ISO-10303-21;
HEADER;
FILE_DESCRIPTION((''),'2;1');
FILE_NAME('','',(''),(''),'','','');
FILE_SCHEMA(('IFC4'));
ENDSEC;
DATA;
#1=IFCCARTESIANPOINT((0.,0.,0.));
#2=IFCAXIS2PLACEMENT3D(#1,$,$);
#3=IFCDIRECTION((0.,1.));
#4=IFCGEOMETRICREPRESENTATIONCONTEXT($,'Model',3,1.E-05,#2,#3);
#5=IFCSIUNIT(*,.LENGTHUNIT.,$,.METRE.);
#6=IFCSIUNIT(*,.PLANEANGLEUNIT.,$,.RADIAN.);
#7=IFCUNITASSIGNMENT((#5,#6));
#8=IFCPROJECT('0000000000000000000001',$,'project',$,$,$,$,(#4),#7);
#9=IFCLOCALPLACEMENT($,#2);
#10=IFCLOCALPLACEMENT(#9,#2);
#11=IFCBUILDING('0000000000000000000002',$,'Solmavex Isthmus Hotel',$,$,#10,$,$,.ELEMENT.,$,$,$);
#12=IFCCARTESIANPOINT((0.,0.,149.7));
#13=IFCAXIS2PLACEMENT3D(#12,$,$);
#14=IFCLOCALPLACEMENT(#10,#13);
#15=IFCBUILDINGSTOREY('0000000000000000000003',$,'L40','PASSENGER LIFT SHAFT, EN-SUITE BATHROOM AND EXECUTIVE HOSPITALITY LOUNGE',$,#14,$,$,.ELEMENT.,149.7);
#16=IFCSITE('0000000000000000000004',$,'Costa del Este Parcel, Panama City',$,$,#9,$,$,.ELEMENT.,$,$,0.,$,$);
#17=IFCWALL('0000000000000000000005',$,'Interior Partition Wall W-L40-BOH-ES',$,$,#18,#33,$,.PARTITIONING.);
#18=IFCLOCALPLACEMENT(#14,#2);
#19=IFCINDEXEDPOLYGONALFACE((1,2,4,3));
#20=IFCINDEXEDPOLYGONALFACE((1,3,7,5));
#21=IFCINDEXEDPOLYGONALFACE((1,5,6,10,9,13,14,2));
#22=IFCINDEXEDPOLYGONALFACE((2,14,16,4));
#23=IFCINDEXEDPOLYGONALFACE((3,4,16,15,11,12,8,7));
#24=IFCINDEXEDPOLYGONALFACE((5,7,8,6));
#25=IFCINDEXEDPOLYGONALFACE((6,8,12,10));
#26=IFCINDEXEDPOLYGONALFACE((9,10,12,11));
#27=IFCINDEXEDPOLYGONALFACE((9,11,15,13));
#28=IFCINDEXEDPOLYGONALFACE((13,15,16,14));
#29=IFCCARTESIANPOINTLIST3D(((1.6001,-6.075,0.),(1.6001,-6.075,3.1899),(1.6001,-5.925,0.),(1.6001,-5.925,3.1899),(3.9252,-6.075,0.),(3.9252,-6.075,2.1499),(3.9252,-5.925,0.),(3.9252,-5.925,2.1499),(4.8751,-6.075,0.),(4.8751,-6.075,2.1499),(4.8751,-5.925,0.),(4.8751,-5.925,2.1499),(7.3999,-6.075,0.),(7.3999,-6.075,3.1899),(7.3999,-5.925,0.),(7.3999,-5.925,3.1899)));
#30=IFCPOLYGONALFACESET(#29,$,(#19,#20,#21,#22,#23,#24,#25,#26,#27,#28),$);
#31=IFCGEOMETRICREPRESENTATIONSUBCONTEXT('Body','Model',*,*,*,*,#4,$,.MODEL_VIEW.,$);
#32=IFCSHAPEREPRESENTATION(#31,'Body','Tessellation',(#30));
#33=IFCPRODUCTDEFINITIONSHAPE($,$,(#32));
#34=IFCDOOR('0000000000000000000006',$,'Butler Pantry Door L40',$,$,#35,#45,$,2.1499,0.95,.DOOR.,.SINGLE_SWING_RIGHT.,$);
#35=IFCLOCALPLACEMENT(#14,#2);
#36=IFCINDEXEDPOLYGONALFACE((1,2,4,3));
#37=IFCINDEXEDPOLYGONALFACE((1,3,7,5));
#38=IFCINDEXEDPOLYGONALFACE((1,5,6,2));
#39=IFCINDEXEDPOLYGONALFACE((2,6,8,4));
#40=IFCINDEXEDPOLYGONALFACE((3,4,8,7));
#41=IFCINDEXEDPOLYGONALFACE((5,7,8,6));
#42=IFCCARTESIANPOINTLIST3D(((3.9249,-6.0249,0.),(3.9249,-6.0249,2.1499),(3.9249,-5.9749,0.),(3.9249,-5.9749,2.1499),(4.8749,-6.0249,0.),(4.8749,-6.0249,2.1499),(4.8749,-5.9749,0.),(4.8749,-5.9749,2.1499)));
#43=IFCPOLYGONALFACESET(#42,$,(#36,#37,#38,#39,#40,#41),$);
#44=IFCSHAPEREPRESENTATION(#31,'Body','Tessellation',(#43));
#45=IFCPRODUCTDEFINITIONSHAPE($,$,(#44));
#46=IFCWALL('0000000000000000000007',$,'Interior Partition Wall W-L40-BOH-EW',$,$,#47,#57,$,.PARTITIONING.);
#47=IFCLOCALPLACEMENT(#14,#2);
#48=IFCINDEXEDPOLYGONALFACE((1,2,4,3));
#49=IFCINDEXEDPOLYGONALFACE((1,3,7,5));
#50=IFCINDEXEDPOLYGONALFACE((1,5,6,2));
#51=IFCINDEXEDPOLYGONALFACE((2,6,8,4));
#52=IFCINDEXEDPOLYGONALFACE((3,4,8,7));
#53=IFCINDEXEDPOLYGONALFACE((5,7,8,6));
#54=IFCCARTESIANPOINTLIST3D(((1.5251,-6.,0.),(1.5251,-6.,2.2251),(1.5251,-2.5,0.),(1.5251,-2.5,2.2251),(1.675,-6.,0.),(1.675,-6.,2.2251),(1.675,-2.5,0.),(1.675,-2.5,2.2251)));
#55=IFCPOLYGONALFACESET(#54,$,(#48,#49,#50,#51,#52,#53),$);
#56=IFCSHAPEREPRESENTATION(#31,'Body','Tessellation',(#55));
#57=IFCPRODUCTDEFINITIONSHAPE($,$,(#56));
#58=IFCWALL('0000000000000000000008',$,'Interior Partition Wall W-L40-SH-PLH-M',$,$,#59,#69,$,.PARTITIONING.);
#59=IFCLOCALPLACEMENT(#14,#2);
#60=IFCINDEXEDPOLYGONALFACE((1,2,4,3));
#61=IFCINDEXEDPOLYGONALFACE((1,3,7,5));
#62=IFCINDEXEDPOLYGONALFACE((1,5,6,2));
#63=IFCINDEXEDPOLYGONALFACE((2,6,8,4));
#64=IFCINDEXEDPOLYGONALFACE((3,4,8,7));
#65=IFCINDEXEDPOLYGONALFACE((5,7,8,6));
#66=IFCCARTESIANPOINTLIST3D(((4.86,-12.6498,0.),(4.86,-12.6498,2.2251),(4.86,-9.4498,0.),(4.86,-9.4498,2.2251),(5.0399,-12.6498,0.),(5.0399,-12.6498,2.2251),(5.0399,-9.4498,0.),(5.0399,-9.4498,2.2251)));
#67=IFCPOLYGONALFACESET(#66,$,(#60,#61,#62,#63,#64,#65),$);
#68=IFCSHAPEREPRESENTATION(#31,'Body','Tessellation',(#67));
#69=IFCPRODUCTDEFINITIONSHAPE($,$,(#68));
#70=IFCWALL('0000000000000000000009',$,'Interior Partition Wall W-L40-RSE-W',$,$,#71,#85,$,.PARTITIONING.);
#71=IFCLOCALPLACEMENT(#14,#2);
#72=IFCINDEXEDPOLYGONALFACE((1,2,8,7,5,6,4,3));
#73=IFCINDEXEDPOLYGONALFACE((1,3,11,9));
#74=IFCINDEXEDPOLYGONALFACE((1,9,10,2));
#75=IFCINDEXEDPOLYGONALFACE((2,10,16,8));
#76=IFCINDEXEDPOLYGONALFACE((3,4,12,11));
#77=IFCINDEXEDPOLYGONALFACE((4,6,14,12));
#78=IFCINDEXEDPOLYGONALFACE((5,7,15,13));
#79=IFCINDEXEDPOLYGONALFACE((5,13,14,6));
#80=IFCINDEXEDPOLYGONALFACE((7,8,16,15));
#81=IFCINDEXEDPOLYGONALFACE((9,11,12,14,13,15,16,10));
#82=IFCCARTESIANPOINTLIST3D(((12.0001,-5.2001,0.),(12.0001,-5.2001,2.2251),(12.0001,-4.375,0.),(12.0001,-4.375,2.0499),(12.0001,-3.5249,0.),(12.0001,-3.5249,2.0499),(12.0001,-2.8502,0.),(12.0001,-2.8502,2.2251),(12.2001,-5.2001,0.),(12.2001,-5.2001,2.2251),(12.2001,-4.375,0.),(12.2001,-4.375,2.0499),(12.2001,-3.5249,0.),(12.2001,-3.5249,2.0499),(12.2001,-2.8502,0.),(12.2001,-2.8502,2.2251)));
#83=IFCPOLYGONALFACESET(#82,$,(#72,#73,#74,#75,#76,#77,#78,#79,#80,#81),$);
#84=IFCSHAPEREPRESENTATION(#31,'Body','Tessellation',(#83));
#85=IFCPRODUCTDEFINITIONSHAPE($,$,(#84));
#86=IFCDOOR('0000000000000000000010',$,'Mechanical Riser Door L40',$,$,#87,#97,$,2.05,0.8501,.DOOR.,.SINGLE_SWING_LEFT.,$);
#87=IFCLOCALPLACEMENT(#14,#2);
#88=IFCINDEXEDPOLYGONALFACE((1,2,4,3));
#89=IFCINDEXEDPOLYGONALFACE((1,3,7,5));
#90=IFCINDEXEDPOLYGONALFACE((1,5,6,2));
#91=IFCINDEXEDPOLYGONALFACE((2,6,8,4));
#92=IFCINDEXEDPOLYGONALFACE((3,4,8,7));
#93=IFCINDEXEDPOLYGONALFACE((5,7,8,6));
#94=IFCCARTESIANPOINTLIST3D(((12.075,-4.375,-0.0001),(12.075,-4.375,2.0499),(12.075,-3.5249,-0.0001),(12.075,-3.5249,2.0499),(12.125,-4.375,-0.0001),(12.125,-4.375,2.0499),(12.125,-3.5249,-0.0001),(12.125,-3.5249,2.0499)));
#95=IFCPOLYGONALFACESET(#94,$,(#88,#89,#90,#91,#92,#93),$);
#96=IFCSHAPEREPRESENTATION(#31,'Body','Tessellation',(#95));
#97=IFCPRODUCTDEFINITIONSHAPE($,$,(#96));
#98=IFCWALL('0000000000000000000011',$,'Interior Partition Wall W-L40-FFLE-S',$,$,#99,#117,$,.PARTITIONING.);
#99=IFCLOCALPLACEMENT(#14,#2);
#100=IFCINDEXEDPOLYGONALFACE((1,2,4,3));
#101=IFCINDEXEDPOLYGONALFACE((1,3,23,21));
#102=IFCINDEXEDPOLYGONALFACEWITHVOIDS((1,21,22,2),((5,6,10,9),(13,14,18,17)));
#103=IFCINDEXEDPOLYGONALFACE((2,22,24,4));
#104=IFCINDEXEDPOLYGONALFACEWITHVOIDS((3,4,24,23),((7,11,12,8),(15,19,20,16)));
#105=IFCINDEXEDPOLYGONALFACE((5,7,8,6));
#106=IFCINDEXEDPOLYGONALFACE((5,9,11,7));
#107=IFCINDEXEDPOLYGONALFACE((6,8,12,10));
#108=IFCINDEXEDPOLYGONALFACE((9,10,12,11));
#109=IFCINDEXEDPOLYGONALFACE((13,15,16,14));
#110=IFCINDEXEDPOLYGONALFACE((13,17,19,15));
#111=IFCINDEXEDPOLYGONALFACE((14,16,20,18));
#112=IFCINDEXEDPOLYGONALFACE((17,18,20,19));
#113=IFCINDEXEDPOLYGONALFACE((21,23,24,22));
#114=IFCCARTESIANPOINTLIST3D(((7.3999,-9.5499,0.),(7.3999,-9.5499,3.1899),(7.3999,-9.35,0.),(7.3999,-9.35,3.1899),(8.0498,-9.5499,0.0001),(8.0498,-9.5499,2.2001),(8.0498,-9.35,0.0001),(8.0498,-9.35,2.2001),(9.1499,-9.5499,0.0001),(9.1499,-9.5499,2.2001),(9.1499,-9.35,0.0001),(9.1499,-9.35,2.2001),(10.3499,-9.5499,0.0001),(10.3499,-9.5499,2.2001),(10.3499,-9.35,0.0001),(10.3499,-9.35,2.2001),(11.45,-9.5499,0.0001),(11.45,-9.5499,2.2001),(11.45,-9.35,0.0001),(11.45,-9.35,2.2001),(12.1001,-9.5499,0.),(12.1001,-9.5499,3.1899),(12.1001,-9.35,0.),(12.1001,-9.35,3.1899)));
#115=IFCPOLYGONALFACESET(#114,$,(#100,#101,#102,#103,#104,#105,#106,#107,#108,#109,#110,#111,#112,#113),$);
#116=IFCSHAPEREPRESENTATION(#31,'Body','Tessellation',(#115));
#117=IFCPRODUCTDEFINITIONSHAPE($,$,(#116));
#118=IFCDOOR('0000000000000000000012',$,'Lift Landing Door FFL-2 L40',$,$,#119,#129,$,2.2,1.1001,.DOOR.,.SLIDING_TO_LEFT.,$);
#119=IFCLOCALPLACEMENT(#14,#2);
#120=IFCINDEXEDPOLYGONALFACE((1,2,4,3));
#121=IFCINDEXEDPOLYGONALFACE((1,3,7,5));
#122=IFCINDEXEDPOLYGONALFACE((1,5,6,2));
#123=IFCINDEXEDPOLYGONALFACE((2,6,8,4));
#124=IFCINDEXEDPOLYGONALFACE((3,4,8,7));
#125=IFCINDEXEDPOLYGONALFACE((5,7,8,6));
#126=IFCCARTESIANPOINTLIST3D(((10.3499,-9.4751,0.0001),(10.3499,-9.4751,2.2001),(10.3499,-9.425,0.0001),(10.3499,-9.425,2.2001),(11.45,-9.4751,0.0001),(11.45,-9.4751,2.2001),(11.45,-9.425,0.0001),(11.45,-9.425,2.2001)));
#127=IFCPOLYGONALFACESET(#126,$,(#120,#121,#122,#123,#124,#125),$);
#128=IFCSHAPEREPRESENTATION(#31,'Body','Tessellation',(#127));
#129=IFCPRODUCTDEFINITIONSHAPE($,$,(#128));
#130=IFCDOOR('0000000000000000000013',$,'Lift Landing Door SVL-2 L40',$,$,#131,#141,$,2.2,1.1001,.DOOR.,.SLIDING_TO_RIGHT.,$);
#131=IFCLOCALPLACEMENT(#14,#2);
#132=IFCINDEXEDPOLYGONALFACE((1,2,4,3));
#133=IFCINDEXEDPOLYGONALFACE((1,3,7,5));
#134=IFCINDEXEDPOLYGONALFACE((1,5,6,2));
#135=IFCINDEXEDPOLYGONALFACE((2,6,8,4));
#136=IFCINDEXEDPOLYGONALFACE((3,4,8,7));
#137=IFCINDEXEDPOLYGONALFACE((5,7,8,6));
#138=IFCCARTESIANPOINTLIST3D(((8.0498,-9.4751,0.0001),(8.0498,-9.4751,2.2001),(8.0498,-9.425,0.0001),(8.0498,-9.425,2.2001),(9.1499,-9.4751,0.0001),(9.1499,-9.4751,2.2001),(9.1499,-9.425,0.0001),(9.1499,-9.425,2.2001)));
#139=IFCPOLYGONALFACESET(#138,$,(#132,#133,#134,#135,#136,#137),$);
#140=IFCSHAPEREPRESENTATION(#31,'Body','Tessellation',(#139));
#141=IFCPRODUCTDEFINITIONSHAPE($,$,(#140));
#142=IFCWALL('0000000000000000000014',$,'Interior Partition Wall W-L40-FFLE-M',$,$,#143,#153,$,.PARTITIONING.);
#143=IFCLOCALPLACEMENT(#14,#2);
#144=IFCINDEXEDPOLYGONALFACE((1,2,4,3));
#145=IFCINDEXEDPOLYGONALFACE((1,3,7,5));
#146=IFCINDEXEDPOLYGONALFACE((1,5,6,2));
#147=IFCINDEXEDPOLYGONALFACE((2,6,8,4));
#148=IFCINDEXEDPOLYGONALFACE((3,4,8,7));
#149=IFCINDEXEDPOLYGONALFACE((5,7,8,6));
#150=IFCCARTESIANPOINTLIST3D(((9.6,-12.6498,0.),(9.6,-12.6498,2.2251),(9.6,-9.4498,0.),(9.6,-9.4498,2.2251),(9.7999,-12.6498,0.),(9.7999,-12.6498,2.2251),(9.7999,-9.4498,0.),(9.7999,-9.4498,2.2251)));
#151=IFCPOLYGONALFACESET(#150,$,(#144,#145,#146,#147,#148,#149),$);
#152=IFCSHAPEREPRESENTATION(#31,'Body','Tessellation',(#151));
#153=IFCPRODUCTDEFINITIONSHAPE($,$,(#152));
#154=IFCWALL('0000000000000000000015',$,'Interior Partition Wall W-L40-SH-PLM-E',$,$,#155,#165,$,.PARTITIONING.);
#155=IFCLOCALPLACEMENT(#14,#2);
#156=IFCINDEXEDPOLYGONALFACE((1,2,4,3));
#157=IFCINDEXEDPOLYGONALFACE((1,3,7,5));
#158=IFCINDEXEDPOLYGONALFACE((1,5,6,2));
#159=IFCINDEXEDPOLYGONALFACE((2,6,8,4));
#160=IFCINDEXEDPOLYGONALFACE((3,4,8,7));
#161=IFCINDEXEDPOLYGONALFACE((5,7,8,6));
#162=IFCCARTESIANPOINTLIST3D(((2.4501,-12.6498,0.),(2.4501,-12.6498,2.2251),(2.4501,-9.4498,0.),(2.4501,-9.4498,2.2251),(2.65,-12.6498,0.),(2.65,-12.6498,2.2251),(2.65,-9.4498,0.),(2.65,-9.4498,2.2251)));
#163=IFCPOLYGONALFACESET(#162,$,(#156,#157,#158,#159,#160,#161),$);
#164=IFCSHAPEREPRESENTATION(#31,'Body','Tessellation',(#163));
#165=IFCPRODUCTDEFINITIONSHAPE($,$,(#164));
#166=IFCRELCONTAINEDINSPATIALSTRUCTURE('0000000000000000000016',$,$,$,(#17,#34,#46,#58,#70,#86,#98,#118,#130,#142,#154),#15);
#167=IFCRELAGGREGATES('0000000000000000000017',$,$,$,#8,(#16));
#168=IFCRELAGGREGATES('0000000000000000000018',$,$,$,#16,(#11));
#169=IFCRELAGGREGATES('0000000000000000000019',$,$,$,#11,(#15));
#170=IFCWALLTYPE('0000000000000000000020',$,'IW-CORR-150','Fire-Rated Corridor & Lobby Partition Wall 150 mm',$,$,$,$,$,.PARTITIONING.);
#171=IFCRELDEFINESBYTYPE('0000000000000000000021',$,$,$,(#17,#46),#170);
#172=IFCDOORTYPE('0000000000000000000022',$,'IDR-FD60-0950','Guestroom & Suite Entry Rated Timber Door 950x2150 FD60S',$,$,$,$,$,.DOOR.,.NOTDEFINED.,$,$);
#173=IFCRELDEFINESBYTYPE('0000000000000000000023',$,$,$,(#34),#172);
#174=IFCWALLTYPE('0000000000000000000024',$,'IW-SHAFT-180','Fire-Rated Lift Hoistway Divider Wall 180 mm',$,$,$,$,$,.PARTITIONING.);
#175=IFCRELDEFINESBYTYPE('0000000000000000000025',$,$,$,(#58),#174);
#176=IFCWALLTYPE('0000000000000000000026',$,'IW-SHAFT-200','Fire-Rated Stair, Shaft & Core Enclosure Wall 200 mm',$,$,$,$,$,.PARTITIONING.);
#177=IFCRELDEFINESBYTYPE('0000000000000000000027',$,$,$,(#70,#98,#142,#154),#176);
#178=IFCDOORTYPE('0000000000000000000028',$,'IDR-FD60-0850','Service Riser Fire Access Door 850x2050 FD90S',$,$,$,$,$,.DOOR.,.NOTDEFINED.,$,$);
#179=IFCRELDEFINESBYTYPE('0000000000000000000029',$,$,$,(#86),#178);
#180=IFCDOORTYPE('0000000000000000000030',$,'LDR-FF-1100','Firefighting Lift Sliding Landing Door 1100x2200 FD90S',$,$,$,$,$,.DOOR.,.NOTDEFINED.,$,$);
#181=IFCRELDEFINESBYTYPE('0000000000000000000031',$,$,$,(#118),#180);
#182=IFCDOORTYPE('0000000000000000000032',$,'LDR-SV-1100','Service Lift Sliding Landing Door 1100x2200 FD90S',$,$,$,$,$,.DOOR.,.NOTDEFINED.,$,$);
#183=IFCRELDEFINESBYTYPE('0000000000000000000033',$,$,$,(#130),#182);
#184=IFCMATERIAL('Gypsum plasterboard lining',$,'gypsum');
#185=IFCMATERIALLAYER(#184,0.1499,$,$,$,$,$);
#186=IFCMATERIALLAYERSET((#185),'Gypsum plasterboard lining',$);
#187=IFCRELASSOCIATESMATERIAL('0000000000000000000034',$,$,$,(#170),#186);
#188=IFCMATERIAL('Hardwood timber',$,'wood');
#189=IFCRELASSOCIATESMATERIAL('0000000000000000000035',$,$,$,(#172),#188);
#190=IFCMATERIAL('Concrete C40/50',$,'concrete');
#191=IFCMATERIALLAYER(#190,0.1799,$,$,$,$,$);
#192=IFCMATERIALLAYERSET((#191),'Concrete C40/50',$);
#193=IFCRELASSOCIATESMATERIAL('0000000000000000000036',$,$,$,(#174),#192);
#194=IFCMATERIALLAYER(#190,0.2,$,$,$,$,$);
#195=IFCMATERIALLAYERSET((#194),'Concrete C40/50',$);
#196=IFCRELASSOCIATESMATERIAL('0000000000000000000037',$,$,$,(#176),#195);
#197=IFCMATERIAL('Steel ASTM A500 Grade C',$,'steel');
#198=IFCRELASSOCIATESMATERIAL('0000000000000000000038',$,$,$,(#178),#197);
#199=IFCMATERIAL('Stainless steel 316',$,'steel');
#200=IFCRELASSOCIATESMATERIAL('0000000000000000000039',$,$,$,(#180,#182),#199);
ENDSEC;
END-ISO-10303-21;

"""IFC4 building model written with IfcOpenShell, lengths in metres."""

from ifc_helpers import new_model, si_unit, direction, frame, frame_2d, origin, place, context, subcontext, project, spatial, rectangle, extrude, material, layer, layer_set, type_object, element, fill, save


model = new_model("IFC4")

# Units and contexts
model_context = context("Model", 3, precision=1e-05, world=origin(), true_north=direction((0.0, 1.0)))
body_context = subcontext(model_context, "Body", "Model", "MODEL_VIEW")
ifc_project = project(units=[si_unit("LENGTHUNIT", "METRE"), si_unit("PLANEANGLEUNIT", "RADIAN")], contexts=[model_context])

# Site, building, storey
site_placement = place(None, origin())
site = spatial("IfcSite", under=ifc_project, at=site_placement, Name="Costa del Este Parcel, Panama City", CompositionType="ELEMENT", RefElevation=0.0)
building_placement = place(site_placement, origin())
building = spatial("IfcBuilding", under=site, at=building_placement, Name="Solmavex Isthmus Hotel", CompositionType="ELEMENT")
storey_placement = place(building_placement, frame((0.0, 0.0, 149.7)))
storey = spatial("IfcBuildingStorey", under=building, at=storey_placement, Name="L40", Description="PASSENGER LIFT SHAFT, EN-SUITE BATHROOM AND EXECUTIVE HOSPITALITY LOUNGE", CompositionType="ELEMENT", Elevation=149.7)

# Wall, opening, door
ifc_material_1 = material(Name="Gypsum plasterboard lining", Category="gypsum")
ifc_layer_1 = layer(ifc_material_1, 0.1499)
ifc_layer_set_1 = layer_set([ifc_layer_1], Name="Gypsum plasterboard lining")
wall_type_1 = type_object("IfcWallType", Name="IW-CORR-150", Description="Fire-Rated Corridor & Lobby Partition Wall 150 mm", PredefinedType="PARTITIONING", material=ifc_layer_set_1)
wall_1_placement = place(storey_placement, frame((1.6001, -6.0, 0.0), z_axis=(0.0, 0.0, 1.0), x_axis=(1.0, 0.0, 0.0)))
wall_1 = element("IfcWall", 1, at=wall_1_placement, inside=storey, type_object=wall_type_1, Name="Interior Partition Wall W-L40-BOH-ES", PredefinedType="PARTITIONING", context=body_context, shape_type="SweptSolid", body=[
    extrude(rectangle(XDim=5.7998, YDim=0.1499, at=frame_2d((2.8999, 0.0))), origin(), (0.0, 0.0, 1.0), 3.1899),
])
opening_1_placement = place(wall_1_placement, frame((2.325, 0.0, 0.0)))
opening_1 = element("IfcOpeningElement", 2, at=opening_1_placement, cuts=wall_1, PredefinedType="OPENING", context=body_context, shape_type="SweptSolid", body=[
    extrude(rectangle(XDim=0.95, YDim=2.1499, at=frame_2d((0.4751, 1.075))), frame((0.0, 0.085, 0.0), z_axis=(0.0, -1.0, 0.0), x_axis=(1.0, 0.0, 0.0)), (0.0, 0.0, 1.0), 0.1699),
])
ifc_material_2 = material(Name="Hardwood timber", Category="wood")
door_type_1 = type_object("IfcDoorType", Name="IDR-FD60-0950", Description="Guestroom & Suite Entry Rated Timber Door 950x2150 FD60S", OperationType="NOTDEFINED", PredefinedType="DOOR", material=ifc_material_2)
door_1_placement = place(opening_1_placement, frame((0.95, 0.0, 0.0), z_axis=(0.0, 0.0, 1.0), x_axis=(-1.0, 0.0, 0.0)))
door_1 = element("IfcDoor", 3, at=door_1_placement, inside=storey, type_object=door_type_1, Name="Butler Pantry Door L40", OperationType="SINGLE_SWING_RIGHT", OverallHeight=2.1499, OverallWidth=0.95, PredefinedType="DOOR", context=body_context, shape_type="SweptSolid", body=[
    extrude(rectangle(XDim=0.95, YDim=2.1499, at=frame_2d((0.4751, 1.075))), frame((0.0, 0.0249, 0.0), z_axis=(0.0, -1.0, 0.0), x_axis=(1.0, 0.0, 0.0)), (0.0, 0.0, 1.0), 0.05),
])
fill(opening_1, door_1)

# Walls
wall_2_placement = place(storey_placement, frame((1.6001, -6.0, 0.0), z_axis=(0.0, 0.0, 1.0), x_axis=(0.0, 1.0, 0.0)))
element("IfcWall", 4, at=wall_2_placement, inside=storey, type_object=wall_type_1, Name="Interior Partition Wall W-L40-BOH-EW", PredefinedType="PARTITIONING", context=body_context, shape_type="SweptSolid", body=[
    extrude(rectangle(XDim=3.5, YDim=0.1499, at=frame_2d((1.75, 0.0))), origin(), (0.0, 0.0, 1.0), 2.2251),
])
ifc_material_3 = material(Name="Concrete C40/50", Category="concrete")
ifc_layer_2 = layer(ifc_material_3, 0.1799)
ifc_layer_set_2 = layer_set([ifc_layer_2], Name="Concrete C40/50")
wall_type_2 = type_object("IfcWallType", Name="IW-SHAFT-180", Description="Fire-Rated Lift Hoistway Divider Wall 180 mm", PredefinedType="PARTITIONING", material=ifc_layer_set_2)
wall_3_placement = place(storey_placement, frame((4.95, -12.6499, 0.0), z_axis=(0.0, 0.0, 1.0), x_axis=(0.0, 1.0, 0.0)))
element("IfcWall", 5, at=wall_3_placement, inside=storey, type_object=wall_type_2, Name="Interior Partition Wall W-L40-SH-PLH-M", PredefinedType="PARTITIONING", context=body_context, shape_type="SweptSolid", body=[
    extrude(rectangle(XDim=3.2, YDim=0.1799, at=frame_2d((1.6001, 0.0))), origin(), (0.0, 0.0, 1.0), 2.2251),
])

# Wall, opening, door
ifc_layer_3 = layer(ifc_material_3, 0.2)
ifc_layer_set_3 = layer_set([ifc_layer_3], Name="Concrete C40/50")
wall_type_3 = type_object("IfcWallType", Name="IW-SHAFT-200", Description="Fire-Rated Stair, Shaft & Core Enclosure Wall 200 mm", PredefinedType="PARTITIONING", material=ifc_layer_set_3)
wall_4_placement = place(storey_placement, frame((12.1001, -5.2, 0.0), z_axis=(0.0, 0.0, 1.0), x_axis=(0.0, 1.0, 0.0)))
wall_4 = element("IfcWall", 6, at=wall_4_placement, inside=storey, type_object=wall_type_3, Name="Interior Partition Wall W-L40-RSE-W", PredefinedType="PARTITIONING", context=body_context, shape_type="SweptSolid", body=[
    extrude(rectangle(XDim=2.3499, YDim=0.2, at=frame_2d((1.1748, 0.0))), origin(), (0.0, 0.0, 1.0), 2.2251),
])
opening_2_placement = place(wall_4_placement, frame((0.825, 0.0, 0.0)))
opening_2 = element("IfcOpeningElement", 7, at=opening_2_placement, cuts=wall_4, PredefinedType="OPENING", context=body_context, shape_type="SweptSolid", body=[
    extrude(rectangle(XDim=0.8501, YDim=2.05, at=frame_2d((0.425, 1.0249))), frame((0.0, 0.1099, 0.0), z_axis=(0.0, -1.0, 0.0), x_axis=(1.0, 0.0, 0.0)), (0.0, 0.0, 1.0), 0.22),
])
ifc_material_4 = material(Name="Steel ASTM A500 Grade C", Category="steel")
door_type_2 = type_object("IfcDoorType", Name="IDR-FD60-0850", Description="Service Riser Fire Access Door 850x2050 FD90S", OperationType="NOTDEFINED", PredefinedType="DOOR", material=ifc_material_4)
door_2_placement = place(opening_2_placement, frame((0.8501, 0.0, 0.0), z_axis=(0.0, 0.0, 1.0), x_axis=(-1.0, 0.0, 0.0)))
door_2 = element("IfcDoor", 8, at=door_2_placement, inside=storey, type_object=door_type_2, Name="Mechanical Riser Door L40", OperationType="SINGLE_SWING_LEFT", OverallHeight=2.05, OverallWidth=0.8501, PredefinedType="DOOR", context=body_context, shape_type="SweptSolid", body=[
    extrude(rectangle(XDim=0.8501, YDim=2.05, at=frame_2d((0.425, 1.0249))), frame((0.0, 0.0249, 0.0), z_axis=(0.0, -1.0, 0.0), x_axis=(1.0, 0.0, 0.0)), (0.0, 0.0, 1.0), 0.05),
])
fill(opening_2, door_2)

# Wall, openings, doors
wall_5_placement = place(storey_placement, frame((7.3999, -9.45, 0.0), z_axis=(0.0, 0.0, 1.0), x_axis=(1.0, 0.0, 0.0)))
wall_5 = element("IfcWall", 9, at=wall_5_placement, inside=storey, type_object=wall_type_3, Name="Interior Partition Wall W-L40-FFLE-S", PredefinedType="PARTITIONING", context=body_context, shape_type="SweptSolid", body=[
    extrude(rectangle(XDim=4.7002, YDim=0.2, at=frame_2d((2.3501, 0.0))), origin(), (0.0, 0.0, 1.0), 3.1899),
])
opening_3_placement = place(wall_5_placement, frame((2.95, 0.0, 0.0)))
opening_3 = element("IfcOpeningElement", 10, at=opening_3_placement, cuts=wall_5, PredefinedType="OPENING", context=body_context, shape_type="SweptSolid", body=[
    extrude(rectangle(XDim=1.1001, YDim=2.2, at=frame_2d((0.55, 1.1001))), frame((0.0, 0.1099, 0.0), z_axis=(0.0, -1.0, 0.0), x_axis=(1.0, 0.0, 0.0)), (0.0, 0.0, 1.0), 0.22),
])
opening_4_placement = place(wall_5_placement, frame((0.6499, 0.0, 0.0)))
opening_4 = element("IfcOpeningElement", 11, at=opening_4_placement, cuts=wall_5, PredefinedType="OPENING", context=body_context, shape_type="SweptSolid", body=[
    extrude(rectangle(XDim=1.1001, YDim=2.2, at=frame_2d((0.55, 1.1001))), frame((0.0, 0.1099, 0.0), z_axis=(0.0, -1.0, 0.0), x_axis=(1.0, 0.0, 0.0)), (0.0, 0.0, 1.0), 0.22),
])
ifc_material_5 = material(Name="Stainless steel 316", Category="steel")
door_type_3 = type_object("IfcDoorType", Name="LDR-FF-1100", Description="Firefighting Lift Sliding Landing Door 1100x2200 FD90S", OperationType="NOTDEFINED", PredefinedType="DOOR", material=ifc_material_5)
door_3_placement = place(opening_3_placement, origin())
door_3 = element("IfcDoor", 12, at=door_3_placement, inside=storey, type_object=door_type_3, Name="Lift Landing Door FFL-2 L40", OperationType="SLIDING_TO_LEFT", OverallHeight=2.2, OverallWidth=1.1001, PredefinedType="DOOR", context=body_context, shape_type="SweptSolid", body=[
    extrude(rectangle(XDim=1.1001, YDim=2.2, at=frame_2d((0.55, 1.1001))), frame((0.0, 0.0249, 0.0), z_axis=(0.0, -1.0, 0.0), x_axis=(1.0, 0.0, 0.0)), (0.0, 0.0, 1.0), 0.05),
])
fill(opening_3, door_3)
door_type_4 = type_object("IfcDoorType", Name="LDR-SV-1100", Description="Service Lift Sliding Landing Door 1100x2200 FD90S", OperationType="NOTDEFINED", PredefinedType="DOOR", material=ifc_material_5)
door_4_placement = place(opening_4_placement, origin())
door_4 = element("IfcDoor", 13, at=door_4_placement, inside=storey, type_object=door_type_4, Name="Lift Landing Door SVL-2 L40", OperationType="SLIDING_TO_RIGHT", OverallHeight=2.2, OverallWidth=1.1001, PredefinedType="DOOR", context=body_context, shape_type="SweptSolid", body=[
    extrude(rectangle(XDim=1.1001, YDim=2.2, at=frame_2d((0.55, 1.1001))), frame((0.0, 0.0249, 0.0), z_axis=(0.0, -1.0, 0.0), x_axis=(1.0, 0.0, 0.0)), (0.0, 0.0, 1.0), 0.05),
])
fill(opening_4, door_4)

# Walls
for number, where, z_axis, x_axis, name in (
    (14, (9.7, -12.6499, 0.0), (0.0, 0.0, 1.0), (0.0, 1.0, 0.0), "Interior Partition Wall W-L40-FFLE-M"),
    (15, (2.55, -12.6499, 0.0), (0.0, 0.0, 1.0), (0.0, 1.0, 0.0), "Interior Partition Wall W-L40-SH-PLM-E"),
):
    element("IfcWall", number, at=place(storey_placement, frame(where, z_axis=z_axis, x_axis=x_axis)), inside=storey, type_object=wall_type_3, Name=name, PredefinedType="PARTITIONING", context=body_context, shape_type="SweptSolid", body=[
        extrude(rectangle(XDim=3.2, YDim=0.2, at=frame_2d((1.6001, 0.0))), origin(), (0.0, 0.0, 1.0), 2.2251),
    ])

save(model, "model.ifc")
